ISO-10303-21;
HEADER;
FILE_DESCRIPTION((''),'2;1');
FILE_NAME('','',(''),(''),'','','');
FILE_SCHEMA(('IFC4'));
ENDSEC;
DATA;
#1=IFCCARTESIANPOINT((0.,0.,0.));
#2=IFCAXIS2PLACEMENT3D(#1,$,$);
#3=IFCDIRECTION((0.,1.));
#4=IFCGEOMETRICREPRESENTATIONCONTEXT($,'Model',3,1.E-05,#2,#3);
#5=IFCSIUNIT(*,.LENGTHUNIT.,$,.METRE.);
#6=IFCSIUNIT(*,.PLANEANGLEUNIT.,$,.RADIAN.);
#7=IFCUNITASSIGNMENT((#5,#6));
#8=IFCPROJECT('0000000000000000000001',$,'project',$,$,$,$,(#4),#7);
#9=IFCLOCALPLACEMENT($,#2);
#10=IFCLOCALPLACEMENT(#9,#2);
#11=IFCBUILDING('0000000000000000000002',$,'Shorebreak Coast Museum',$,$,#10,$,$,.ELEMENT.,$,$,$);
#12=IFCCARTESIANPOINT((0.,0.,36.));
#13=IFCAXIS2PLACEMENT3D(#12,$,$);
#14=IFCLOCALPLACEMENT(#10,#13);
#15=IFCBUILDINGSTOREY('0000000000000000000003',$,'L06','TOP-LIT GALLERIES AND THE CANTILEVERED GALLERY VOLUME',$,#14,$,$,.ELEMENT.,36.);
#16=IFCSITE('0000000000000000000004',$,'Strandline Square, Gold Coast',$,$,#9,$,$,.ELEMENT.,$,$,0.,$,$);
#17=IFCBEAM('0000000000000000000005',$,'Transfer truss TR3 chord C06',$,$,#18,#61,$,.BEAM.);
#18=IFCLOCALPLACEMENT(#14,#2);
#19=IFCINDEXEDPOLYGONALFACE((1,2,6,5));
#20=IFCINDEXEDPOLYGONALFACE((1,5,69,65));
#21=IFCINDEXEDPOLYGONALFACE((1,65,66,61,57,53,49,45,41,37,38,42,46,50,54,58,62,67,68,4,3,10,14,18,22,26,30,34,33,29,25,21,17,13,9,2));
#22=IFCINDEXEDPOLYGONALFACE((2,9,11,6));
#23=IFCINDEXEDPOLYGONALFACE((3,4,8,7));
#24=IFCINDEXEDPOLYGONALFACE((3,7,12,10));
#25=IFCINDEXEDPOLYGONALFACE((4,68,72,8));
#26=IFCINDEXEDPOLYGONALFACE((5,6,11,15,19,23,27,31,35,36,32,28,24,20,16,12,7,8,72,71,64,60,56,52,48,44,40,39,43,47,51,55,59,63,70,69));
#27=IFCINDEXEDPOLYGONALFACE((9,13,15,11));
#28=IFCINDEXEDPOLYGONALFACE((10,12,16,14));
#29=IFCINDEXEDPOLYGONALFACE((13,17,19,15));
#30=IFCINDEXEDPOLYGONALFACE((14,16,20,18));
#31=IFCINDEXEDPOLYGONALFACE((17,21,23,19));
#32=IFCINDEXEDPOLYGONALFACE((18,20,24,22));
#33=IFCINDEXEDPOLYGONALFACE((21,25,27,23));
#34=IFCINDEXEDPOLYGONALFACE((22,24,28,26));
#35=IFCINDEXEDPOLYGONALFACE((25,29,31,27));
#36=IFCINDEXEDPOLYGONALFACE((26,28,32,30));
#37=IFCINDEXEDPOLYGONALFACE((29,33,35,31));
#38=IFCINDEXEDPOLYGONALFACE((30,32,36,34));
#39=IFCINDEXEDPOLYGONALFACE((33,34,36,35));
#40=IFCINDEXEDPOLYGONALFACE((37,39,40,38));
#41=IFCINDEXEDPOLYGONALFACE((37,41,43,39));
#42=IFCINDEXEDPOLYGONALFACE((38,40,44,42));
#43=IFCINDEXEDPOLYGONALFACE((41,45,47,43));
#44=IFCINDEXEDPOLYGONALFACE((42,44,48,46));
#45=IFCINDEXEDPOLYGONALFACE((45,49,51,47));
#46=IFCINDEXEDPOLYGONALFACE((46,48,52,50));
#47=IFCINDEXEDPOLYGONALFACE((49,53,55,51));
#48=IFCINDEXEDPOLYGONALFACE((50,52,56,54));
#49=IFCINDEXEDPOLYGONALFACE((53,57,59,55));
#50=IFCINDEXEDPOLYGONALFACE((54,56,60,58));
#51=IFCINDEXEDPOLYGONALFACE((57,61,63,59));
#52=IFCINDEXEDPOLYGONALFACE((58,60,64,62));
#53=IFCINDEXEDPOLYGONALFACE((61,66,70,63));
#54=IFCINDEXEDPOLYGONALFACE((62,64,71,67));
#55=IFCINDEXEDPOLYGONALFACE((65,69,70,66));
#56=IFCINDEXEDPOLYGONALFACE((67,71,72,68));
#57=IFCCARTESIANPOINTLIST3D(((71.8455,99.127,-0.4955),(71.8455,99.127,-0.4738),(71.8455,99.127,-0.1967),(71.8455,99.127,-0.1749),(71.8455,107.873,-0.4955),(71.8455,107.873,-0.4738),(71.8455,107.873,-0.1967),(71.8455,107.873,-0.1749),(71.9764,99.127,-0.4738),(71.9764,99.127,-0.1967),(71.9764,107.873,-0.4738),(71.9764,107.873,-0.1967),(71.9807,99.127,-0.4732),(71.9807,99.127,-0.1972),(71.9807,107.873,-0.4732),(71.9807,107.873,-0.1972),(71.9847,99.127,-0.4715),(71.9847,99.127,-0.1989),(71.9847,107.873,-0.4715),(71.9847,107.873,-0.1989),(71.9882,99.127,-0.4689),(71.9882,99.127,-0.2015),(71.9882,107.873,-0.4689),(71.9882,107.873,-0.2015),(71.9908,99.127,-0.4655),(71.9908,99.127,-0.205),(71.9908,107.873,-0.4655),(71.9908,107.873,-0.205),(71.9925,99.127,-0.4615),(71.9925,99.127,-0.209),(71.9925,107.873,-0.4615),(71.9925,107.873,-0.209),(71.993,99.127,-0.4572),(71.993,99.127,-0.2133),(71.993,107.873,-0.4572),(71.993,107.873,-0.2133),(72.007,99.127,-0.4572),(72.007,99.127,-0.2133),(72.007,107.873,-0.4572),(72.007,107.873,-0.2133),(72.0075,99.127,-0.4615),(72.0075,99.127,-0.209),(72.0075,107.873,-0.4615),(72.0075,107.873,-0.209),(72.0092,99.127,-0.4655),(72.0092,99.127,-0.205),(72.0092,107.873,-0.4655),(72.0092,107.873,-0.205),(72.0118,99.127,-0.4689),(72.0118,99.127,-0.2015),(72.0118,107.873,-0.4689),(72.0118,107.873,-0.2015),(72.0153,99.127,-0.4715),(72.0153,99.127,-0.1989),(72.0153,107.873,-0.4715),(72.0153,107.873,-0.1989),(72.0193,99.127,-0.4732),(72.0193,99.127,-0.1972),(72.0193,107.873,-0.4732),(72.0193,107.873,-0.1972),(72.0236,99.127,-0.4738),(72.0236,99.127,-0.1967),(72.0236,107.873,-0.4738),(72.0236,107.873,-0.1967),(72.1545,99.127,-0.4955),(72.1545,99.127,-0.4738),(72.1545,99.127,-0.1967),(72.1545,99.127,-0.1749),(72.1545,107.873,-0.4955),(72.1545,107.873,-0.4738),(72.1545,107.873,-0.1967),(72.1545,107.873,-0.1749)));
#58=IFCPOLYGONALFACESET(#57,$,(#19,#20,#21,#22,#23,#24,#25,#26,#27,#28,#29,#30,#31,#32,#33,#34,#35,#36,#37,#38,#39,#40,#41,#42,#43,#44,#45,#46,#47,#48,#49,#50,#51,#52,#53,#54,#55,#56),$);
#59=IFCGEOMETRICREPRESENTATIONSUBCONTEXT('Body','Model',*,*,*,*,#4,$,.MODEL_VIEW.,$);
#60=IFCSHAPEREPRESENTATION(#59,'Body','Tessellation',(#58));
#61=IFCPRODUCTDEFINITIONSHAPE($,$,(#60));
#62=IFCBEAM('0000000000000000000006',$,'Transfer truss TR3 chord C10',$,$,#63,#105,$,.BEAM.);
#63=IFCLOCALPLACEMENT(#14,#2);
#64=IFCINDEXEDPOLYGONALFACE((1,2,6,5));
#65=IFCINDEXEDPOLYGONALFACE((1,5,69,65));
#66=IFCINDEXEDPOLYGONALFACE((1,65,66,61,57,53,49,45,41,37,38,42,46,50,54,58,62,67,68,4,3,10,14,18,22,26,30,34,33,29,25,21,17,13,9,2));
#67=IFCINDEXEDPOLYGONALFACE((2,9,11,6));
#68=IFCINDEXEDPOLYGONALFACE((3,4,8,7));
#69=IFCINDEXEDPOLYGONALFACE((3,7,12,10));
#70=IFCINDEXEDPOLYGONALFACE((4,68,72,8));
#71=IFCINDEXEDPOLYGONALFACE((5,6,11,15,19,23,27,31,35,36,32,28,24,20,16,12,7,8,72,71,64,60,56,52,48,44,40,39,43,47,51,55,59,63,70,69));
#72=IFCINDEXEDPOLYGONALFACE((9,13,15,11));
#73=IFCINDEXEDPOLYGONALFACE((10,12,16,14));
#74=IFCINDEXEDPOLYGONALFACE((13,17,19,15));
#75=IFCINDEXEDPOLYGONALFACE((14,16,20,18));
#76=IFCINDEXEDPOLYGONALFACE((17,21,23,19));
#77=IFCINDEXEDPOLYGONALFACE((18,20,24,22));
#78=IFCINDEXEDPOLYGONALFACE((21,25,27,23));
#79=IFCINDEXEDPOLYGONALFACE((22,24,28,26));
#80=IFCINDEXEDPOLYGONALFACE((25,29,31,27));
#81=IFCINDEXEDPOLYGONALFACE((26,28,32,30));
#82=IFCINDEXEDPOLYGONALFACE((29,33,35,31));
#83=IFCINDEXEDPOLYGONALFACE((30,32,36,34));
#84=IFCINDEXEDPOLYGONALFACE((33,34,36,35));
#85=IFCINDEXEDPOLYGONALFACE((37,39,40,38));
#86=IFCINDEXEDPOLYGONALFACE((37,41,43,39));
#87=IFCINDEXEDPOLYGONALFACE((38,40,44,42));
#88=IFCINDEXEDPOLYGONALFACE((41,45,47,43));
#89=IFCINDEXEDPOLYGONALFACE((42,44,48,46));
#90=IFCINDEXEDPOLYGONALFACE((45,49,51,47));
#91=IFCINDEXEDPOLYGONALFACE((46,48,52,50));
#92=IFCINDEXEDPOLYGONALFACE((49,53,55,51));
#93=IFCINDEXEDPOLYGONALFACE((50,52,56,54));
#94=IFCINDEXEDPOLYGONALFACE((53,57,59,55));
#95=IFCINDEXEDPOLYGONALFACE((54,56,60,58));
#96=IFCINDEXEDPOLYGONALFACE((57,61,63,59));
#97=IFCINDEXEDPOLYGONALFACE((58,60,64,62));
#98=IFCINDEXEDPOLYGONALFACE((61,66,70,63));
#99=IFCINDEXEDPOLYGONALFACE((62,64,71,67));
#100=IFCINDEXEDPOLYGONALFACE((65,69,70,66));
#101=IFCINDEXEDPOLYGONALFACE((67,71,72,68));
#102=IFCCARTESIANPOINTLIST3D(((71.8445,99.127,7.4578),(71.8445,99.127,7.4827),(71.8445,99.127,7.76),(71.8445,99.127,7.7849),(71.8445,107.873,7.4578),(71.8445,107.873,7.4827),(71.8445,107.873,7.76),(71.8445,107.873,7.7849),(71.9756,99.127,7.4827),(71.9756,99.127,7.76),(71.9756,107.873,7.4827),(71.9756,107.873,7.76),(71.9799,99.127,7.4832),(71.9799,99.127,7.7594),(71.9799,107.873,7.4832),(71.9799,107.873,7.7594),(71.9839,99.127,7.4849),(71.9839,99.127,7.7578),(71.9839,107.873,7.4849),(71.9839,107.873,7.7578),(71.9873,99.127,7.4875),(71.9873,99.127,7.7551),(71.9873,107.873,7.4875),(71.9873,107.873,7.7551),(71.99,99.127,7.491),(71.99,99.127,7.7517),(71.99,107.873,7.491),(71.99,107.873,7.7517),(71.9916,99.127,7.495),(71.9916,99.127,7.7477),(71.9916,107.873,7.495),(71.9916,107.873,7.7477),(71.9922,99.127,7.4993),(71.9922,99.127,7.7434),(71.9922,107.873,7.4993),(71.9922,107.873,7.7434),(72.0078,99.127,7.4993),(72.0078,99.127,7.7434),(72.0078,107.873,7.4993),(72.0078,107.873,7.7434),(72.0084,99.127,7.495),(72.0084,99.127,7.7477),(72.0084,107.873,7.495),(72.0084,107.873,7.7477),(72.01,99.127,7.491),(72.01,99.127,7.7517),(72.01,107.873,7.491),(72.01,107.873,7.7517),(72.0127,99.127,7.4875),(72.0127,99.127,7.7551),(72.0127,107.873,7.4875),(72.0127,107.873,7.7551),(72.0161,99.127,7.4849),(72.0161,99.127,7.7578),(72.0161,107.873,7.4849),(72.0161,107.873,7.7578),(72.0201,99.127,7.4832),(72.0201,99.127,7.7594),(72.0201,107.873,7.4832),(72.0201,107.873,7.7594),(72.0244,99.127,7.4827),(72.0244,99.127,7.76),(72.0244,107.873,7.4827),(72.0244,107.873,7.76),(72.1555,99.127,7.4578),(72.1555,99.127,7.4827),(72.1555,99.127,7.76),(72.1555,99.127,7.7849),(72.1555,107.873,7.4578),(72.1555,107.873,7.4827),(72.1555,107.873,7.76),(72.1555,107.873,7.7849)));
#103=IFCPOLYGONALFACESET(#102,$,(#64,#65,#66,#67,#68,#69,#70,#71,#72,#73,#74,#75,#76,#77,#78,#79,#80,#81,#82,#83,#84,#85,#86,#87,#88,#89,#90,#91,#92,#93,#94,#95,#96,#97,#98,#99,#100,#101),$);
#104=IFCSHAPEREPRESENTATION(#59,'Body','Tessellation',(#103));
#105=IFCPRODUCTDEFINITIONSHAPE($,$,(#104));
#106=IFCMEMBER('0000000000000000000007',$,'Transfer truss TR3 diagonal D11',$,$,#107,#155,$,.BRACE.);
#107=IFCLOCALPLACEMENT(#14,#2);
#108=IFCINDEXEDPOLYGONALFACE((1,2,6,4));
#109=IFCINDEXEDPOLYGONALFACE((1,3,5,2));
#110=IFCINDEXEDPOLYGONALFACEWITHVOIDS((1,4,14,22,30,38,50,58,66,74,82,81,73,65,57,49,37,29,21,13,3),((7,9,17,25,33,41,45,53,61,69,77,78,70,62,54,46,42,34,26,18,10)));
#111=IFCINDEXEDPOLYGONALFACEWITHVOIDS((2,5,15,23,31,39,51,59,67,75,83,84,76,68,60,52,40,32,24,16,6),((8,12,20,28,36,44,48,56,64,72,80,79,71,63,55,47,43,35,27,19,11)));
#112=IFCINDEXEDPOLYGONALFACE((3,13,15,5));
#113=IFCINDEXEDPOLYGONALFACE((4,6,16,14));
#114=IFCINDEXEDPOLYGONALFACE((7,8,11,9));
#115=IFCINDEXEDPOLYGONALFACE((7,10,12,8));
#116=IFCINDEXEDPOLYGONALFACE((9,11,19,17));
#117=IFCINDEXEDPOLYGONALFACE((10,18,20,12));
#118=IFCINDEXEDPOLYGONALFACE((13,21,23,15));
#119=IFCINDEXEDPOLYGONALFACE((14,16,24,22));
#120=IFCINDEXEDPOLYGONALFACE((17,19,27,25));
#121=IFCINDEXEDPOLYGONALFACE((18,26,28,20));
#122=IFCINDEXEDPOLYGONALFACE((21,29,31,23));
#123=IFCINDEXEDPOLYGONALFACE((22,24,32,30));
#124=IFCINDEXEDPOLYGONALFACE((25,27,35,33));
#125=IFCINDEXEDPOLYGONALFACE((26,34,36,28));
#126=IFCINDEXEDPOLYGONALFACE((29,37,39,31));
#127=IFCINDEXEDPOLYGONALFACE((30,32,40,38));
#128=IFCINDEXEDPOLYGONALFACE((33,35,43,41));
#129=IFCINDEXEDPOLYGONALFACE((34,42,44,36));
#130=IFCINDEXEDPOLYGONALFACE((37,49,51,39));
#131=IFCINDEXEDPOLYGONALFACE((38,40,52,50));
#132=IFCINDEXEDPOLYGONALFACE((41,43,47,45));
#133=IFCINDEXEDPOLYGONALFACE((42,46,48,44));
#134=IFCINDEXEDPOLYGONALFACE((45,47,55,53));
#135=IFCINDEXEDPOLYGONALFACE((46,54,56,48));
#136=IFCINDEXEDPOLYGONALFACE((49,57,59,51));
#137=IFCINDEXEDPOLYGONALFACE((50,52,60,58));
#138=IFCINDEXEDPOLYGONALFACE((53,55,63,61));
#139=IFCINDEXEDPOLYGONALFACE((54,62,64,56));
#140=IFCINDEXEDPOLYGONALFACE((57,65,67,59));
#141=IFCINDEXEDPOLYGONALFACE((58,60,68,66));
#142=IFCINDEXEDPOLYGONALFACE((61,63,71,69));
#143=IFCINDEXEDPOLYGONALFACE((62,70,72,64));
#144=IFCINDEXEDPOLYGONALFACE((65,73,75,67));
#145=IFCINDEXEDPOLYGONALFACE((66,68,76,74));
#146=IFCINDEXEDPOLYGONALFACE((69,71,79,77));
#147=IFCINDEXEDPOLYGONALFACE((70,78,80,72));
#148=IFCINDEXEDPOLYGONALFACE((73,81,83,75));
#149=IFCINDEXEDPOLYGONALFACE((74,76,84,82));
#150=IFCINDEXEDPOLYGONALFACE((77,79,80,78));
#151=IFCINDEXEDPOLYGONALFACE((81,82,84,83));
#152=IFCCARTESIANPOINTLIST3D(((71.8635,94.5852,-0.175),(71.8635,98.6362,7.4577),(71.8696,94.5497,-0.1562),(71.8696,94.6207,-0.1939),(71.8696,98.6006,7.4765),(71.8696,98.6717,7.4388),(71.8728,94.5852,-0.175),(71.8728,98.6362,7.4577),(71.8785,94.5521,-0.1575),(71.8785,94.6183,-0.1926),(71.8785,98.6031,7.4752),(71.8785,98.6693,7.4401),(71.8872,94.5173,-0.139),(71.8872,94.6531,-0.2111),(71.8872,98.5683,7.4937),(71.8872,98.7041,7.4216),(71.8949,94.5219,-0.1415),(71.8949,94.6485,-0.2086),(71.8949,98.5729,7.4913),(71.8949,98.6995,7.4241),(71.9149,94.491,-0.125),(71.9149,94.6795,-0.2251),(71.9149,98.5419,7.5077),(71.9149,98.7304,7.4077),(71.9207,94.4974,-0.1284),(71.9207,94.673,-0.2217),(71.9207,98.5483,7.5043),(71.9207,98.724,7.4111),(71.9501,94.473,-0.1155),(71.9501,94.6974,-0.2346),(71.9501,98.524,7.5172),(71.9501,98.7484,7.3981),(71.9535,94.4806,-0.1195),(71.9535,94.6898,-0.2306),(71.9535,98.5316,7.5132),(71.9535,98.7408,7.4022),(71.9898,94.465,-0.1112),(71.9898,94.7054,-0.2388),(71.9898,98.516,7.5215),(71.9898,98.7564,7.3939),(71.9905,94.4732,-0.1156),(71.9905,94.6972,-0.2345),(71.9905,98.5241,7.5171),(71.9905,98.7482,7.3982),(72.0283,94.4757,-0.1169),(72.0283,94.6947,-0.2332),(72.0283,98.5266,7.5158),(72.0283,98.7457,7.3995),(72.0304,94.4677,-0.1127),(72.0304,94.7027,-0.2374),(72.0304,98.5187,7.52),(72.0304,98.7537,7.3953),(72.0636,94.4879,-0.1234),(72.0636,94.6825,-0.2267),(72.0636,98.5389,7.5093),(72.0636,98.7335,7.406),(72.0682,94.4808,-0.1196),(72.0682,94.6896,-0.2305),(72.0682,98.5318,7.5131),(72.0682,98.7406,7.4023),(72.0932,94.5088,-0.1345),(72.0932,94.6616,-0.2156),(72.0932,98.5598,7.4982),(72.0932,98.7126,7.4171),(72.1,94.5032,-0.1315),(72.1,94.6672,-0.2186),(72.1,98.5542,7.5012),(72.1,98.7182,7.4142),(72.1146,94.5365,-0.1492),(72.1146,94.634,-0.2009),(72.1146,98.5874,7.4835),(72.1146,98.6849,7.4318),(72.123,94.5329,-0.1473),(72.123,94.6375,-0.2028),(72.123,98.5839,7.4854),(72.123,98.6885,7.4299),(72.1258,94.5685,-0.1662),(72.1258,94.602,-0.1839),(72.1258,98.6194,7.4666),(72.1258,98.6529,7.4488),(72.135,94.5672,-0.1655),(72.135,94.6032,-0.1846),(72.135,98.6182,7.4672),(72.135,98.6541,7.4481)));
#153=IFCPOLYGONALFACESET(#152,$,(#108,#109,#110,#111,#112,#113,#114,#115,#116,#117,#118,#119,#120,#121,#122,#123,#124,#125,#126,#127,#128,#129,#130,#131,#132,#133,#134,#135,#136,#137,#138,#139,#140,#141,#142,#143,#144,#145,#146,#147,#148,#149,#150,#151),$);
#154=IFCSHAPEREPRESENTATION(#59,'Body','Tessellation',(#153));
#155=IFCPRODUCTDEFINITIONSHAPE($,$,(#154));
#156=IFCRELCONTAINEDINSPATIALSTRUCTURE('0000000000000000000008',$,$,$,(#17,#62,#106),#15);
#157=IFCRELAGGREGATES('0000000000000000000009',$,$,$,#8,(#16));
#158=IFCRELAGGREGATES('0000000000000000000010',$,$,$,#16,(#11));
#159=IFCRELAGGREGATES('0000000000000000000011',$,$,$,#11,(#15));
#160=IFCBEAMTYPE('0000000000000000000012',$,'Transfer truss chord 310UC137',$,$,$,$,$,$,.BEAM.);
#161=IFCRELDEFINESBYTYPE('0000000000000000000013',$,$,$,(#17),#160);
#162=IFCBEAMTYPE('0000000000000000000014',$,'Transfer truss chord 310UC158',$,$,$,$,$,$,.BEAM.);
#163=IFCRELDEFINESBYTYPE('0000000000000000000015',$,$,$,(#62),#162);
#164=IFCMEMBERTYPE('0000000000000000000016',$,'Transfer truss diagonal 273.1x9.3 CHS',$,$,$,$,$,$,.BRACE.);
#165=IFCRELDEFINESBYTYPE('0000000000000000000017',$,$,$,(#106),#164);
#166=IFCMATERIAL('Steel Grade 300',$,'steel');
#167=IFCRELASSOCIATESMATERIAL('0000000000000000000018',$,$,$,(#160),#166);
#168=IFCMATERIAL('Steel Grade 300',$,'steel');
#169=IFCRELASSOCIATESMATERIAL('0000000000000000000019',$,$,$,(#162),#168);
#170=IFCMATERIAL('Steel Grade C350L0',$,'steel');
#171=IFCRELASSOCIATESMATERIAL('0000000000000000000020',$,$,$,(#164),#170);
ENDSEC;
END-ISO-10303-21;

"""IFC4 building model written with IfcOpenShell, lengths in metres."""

from ifc_helpers import new_model, si_unit, direction, frame, origin, origin_2d, place, context, subcontext, project, spatial, hollow_circle, i_section, extrude, material, material_profile, profile_set, type_object, element, save


model = new_model("IFC4")

# Units and contexts
model_context = context("Model", 3, precision=1e-05, world=origin(), true_north=direction((0.0, 1.0)))
body_context = subcontext(model_context, "Body", "Model", "MODEL_VIEW")
ifc_project = project(units=[si_unit("LENGTHUNIT", "METRE"), si_unit("PLANEANGLEUNIT", "RADIAN")], contexts=[model_context])

# Site, building, storey
site_placement = place(None, origin())
site = spatial("IfcSite", under=ifc_project, at=site_placement, Name="Strandline Square, Gold Coast", CompositionType="ELEMENT", RefElevation=0.0)
building_placement = place(site_placement, origin())
building = spatial("IfcBuilding", under=site, at=building_placement, Name="Shorebreak Coast Museum", CompositionType="ELEMENT")
storey_placement = place(building_placement, frame((0.0, 0.0, 36.0)))
storey = spatial("IfcBuildingStorey", under=building, at=storey_placement, Name="L06", Description="TOP-LIT GALLERIES AND THE CANTILEVERED GALLERY VOLUME", CompositionType="ELEMENT", Elevation=36.0)

# Beams
ifc_material_1 = material(Name="Steel Grade 300", Category="steel")
ifc_material_profile_1 = material_profile(ifc_material_1, i_section(OverallWidth=0.3091, OverallDepth=0.3206, WebThickness=0.0139, FlangeThickness=0.0217, FilletRadius=0.0166, at=origin_2d()), Name="310UC137")
ifc_profile_set_1 = profile_set([ifc_material_profile_1], Name="Steel Grade 300")
beam_type_1 = type_object("IfcBeamType", Name="Transfer truss chord 310UC137", PredefinedType="BEAM", material=ifc_profile_set_1)
beam_1_placement = place(storey_placement, frame((72.0, 99.127, -0.3352), z_axis=(0.0, 1.0, 0.0), x_axis=(-1.0, 0.0, 0.0)))
element("IfcBeam", 1, at=beam_1_placement, inside=storey, type_object=beam_type_1, Name="Transfer truss TR3 chord C06", PredefinedType="BEAM", context=body_context, shape_type="SweptSolid", body=[
    extrude(i_section(OverallWidth=0.3091, OverallDepth=0.3206, WebThickness=0.0139, FlangeThickness=0.0217, FilletRadius=0.0166, at=origin_2d()), origin(), (0.0, 0.0, 1.0), 8.7461),
])
ifc_material_2 = material(Name="Steel Grade 300", Category="steel")
ifc_material_profile_2 = material_profile(ifc_material_2, i_section(OverallWidth=0.311, OverallDepth=0.3271, WebThickness=0.0156, FlangeThickness=0.0249, FilletRadius=0.0166, at=origin_2d()), Name="310UC158")
ifc_profile_set_2 = profile_set([ifc_material_profile_2], Name="Steel Grade 300")
beam_type_2 = type_object("IfcBeamType", Name="Transfer truss chord 310UC158", PredefinedType="BEAM", material=ifc_profile_set_2)
beam_2_placement = place(storey_placement, frame((72.0, 99.127, 7.6213), z_axis=(0.0, 1.0, 0.0), x_axis=(-1.0, 0.0, 0.0)))
element("IfcBeam", 2, at=beam_2_placement, inside=storey, type_object=beam_type_2, Name="Transfer truss TR3 chord C10", PredefinedType="BEAM", context=body_context, shape_type="SweptSolid", body=[
    extrude(i_section(OverallWidth=0.311, OverallDepth=0.3271, WebThickness=0.0156, FlangeThickness=0.0249, FilletRadius=0.0166, at=origin_2d()), origin(), (0.0, 0.0, 1.0), 8.7461),
])

# Member
ifc_material_3 = material(Name="Steel Grade C350L0", Category="steel")
ifc_material_profile_3 = material_profile(ifc_material_3, hollow_circle(Radius=0.1365, WallThickness=0.0093, at=origin_2d()), Name="273.1x9.3 CHS")
ifc_profile_set_3 = profile_set([ifc_material_profile_3], Name="Steel Grade C350L0")
member_type_1 = type_object("IfcMemberType", Name="Transfer truss diagonal 273.1x9.3 CHS", PredefinedType="BRACE", material=ifc_profile_set_3)
member_1_placement = place(storey_placement, frame((72.0, 94.5852, -0.175), z_axis=(0.0, 0.468803, 0.883303), x_axis=(-1.0, 0.0, 0.0)))
element("IfcMember", 3, at=member_1_placement, inside=storey, type_object=member_type_1, Name="Transfer truss TR3 diagonal D11", PredefinedType="BRACE", context=body_context, shape_type="SweptSolid", body=[
    extrude(hollow_circle(Radius=0.1365, WallThickness=0.0093, at=origin_2d()), origin(), (0.0, 0.0, 1.0), 8.6411),
])

save(model, "model.ifc")
